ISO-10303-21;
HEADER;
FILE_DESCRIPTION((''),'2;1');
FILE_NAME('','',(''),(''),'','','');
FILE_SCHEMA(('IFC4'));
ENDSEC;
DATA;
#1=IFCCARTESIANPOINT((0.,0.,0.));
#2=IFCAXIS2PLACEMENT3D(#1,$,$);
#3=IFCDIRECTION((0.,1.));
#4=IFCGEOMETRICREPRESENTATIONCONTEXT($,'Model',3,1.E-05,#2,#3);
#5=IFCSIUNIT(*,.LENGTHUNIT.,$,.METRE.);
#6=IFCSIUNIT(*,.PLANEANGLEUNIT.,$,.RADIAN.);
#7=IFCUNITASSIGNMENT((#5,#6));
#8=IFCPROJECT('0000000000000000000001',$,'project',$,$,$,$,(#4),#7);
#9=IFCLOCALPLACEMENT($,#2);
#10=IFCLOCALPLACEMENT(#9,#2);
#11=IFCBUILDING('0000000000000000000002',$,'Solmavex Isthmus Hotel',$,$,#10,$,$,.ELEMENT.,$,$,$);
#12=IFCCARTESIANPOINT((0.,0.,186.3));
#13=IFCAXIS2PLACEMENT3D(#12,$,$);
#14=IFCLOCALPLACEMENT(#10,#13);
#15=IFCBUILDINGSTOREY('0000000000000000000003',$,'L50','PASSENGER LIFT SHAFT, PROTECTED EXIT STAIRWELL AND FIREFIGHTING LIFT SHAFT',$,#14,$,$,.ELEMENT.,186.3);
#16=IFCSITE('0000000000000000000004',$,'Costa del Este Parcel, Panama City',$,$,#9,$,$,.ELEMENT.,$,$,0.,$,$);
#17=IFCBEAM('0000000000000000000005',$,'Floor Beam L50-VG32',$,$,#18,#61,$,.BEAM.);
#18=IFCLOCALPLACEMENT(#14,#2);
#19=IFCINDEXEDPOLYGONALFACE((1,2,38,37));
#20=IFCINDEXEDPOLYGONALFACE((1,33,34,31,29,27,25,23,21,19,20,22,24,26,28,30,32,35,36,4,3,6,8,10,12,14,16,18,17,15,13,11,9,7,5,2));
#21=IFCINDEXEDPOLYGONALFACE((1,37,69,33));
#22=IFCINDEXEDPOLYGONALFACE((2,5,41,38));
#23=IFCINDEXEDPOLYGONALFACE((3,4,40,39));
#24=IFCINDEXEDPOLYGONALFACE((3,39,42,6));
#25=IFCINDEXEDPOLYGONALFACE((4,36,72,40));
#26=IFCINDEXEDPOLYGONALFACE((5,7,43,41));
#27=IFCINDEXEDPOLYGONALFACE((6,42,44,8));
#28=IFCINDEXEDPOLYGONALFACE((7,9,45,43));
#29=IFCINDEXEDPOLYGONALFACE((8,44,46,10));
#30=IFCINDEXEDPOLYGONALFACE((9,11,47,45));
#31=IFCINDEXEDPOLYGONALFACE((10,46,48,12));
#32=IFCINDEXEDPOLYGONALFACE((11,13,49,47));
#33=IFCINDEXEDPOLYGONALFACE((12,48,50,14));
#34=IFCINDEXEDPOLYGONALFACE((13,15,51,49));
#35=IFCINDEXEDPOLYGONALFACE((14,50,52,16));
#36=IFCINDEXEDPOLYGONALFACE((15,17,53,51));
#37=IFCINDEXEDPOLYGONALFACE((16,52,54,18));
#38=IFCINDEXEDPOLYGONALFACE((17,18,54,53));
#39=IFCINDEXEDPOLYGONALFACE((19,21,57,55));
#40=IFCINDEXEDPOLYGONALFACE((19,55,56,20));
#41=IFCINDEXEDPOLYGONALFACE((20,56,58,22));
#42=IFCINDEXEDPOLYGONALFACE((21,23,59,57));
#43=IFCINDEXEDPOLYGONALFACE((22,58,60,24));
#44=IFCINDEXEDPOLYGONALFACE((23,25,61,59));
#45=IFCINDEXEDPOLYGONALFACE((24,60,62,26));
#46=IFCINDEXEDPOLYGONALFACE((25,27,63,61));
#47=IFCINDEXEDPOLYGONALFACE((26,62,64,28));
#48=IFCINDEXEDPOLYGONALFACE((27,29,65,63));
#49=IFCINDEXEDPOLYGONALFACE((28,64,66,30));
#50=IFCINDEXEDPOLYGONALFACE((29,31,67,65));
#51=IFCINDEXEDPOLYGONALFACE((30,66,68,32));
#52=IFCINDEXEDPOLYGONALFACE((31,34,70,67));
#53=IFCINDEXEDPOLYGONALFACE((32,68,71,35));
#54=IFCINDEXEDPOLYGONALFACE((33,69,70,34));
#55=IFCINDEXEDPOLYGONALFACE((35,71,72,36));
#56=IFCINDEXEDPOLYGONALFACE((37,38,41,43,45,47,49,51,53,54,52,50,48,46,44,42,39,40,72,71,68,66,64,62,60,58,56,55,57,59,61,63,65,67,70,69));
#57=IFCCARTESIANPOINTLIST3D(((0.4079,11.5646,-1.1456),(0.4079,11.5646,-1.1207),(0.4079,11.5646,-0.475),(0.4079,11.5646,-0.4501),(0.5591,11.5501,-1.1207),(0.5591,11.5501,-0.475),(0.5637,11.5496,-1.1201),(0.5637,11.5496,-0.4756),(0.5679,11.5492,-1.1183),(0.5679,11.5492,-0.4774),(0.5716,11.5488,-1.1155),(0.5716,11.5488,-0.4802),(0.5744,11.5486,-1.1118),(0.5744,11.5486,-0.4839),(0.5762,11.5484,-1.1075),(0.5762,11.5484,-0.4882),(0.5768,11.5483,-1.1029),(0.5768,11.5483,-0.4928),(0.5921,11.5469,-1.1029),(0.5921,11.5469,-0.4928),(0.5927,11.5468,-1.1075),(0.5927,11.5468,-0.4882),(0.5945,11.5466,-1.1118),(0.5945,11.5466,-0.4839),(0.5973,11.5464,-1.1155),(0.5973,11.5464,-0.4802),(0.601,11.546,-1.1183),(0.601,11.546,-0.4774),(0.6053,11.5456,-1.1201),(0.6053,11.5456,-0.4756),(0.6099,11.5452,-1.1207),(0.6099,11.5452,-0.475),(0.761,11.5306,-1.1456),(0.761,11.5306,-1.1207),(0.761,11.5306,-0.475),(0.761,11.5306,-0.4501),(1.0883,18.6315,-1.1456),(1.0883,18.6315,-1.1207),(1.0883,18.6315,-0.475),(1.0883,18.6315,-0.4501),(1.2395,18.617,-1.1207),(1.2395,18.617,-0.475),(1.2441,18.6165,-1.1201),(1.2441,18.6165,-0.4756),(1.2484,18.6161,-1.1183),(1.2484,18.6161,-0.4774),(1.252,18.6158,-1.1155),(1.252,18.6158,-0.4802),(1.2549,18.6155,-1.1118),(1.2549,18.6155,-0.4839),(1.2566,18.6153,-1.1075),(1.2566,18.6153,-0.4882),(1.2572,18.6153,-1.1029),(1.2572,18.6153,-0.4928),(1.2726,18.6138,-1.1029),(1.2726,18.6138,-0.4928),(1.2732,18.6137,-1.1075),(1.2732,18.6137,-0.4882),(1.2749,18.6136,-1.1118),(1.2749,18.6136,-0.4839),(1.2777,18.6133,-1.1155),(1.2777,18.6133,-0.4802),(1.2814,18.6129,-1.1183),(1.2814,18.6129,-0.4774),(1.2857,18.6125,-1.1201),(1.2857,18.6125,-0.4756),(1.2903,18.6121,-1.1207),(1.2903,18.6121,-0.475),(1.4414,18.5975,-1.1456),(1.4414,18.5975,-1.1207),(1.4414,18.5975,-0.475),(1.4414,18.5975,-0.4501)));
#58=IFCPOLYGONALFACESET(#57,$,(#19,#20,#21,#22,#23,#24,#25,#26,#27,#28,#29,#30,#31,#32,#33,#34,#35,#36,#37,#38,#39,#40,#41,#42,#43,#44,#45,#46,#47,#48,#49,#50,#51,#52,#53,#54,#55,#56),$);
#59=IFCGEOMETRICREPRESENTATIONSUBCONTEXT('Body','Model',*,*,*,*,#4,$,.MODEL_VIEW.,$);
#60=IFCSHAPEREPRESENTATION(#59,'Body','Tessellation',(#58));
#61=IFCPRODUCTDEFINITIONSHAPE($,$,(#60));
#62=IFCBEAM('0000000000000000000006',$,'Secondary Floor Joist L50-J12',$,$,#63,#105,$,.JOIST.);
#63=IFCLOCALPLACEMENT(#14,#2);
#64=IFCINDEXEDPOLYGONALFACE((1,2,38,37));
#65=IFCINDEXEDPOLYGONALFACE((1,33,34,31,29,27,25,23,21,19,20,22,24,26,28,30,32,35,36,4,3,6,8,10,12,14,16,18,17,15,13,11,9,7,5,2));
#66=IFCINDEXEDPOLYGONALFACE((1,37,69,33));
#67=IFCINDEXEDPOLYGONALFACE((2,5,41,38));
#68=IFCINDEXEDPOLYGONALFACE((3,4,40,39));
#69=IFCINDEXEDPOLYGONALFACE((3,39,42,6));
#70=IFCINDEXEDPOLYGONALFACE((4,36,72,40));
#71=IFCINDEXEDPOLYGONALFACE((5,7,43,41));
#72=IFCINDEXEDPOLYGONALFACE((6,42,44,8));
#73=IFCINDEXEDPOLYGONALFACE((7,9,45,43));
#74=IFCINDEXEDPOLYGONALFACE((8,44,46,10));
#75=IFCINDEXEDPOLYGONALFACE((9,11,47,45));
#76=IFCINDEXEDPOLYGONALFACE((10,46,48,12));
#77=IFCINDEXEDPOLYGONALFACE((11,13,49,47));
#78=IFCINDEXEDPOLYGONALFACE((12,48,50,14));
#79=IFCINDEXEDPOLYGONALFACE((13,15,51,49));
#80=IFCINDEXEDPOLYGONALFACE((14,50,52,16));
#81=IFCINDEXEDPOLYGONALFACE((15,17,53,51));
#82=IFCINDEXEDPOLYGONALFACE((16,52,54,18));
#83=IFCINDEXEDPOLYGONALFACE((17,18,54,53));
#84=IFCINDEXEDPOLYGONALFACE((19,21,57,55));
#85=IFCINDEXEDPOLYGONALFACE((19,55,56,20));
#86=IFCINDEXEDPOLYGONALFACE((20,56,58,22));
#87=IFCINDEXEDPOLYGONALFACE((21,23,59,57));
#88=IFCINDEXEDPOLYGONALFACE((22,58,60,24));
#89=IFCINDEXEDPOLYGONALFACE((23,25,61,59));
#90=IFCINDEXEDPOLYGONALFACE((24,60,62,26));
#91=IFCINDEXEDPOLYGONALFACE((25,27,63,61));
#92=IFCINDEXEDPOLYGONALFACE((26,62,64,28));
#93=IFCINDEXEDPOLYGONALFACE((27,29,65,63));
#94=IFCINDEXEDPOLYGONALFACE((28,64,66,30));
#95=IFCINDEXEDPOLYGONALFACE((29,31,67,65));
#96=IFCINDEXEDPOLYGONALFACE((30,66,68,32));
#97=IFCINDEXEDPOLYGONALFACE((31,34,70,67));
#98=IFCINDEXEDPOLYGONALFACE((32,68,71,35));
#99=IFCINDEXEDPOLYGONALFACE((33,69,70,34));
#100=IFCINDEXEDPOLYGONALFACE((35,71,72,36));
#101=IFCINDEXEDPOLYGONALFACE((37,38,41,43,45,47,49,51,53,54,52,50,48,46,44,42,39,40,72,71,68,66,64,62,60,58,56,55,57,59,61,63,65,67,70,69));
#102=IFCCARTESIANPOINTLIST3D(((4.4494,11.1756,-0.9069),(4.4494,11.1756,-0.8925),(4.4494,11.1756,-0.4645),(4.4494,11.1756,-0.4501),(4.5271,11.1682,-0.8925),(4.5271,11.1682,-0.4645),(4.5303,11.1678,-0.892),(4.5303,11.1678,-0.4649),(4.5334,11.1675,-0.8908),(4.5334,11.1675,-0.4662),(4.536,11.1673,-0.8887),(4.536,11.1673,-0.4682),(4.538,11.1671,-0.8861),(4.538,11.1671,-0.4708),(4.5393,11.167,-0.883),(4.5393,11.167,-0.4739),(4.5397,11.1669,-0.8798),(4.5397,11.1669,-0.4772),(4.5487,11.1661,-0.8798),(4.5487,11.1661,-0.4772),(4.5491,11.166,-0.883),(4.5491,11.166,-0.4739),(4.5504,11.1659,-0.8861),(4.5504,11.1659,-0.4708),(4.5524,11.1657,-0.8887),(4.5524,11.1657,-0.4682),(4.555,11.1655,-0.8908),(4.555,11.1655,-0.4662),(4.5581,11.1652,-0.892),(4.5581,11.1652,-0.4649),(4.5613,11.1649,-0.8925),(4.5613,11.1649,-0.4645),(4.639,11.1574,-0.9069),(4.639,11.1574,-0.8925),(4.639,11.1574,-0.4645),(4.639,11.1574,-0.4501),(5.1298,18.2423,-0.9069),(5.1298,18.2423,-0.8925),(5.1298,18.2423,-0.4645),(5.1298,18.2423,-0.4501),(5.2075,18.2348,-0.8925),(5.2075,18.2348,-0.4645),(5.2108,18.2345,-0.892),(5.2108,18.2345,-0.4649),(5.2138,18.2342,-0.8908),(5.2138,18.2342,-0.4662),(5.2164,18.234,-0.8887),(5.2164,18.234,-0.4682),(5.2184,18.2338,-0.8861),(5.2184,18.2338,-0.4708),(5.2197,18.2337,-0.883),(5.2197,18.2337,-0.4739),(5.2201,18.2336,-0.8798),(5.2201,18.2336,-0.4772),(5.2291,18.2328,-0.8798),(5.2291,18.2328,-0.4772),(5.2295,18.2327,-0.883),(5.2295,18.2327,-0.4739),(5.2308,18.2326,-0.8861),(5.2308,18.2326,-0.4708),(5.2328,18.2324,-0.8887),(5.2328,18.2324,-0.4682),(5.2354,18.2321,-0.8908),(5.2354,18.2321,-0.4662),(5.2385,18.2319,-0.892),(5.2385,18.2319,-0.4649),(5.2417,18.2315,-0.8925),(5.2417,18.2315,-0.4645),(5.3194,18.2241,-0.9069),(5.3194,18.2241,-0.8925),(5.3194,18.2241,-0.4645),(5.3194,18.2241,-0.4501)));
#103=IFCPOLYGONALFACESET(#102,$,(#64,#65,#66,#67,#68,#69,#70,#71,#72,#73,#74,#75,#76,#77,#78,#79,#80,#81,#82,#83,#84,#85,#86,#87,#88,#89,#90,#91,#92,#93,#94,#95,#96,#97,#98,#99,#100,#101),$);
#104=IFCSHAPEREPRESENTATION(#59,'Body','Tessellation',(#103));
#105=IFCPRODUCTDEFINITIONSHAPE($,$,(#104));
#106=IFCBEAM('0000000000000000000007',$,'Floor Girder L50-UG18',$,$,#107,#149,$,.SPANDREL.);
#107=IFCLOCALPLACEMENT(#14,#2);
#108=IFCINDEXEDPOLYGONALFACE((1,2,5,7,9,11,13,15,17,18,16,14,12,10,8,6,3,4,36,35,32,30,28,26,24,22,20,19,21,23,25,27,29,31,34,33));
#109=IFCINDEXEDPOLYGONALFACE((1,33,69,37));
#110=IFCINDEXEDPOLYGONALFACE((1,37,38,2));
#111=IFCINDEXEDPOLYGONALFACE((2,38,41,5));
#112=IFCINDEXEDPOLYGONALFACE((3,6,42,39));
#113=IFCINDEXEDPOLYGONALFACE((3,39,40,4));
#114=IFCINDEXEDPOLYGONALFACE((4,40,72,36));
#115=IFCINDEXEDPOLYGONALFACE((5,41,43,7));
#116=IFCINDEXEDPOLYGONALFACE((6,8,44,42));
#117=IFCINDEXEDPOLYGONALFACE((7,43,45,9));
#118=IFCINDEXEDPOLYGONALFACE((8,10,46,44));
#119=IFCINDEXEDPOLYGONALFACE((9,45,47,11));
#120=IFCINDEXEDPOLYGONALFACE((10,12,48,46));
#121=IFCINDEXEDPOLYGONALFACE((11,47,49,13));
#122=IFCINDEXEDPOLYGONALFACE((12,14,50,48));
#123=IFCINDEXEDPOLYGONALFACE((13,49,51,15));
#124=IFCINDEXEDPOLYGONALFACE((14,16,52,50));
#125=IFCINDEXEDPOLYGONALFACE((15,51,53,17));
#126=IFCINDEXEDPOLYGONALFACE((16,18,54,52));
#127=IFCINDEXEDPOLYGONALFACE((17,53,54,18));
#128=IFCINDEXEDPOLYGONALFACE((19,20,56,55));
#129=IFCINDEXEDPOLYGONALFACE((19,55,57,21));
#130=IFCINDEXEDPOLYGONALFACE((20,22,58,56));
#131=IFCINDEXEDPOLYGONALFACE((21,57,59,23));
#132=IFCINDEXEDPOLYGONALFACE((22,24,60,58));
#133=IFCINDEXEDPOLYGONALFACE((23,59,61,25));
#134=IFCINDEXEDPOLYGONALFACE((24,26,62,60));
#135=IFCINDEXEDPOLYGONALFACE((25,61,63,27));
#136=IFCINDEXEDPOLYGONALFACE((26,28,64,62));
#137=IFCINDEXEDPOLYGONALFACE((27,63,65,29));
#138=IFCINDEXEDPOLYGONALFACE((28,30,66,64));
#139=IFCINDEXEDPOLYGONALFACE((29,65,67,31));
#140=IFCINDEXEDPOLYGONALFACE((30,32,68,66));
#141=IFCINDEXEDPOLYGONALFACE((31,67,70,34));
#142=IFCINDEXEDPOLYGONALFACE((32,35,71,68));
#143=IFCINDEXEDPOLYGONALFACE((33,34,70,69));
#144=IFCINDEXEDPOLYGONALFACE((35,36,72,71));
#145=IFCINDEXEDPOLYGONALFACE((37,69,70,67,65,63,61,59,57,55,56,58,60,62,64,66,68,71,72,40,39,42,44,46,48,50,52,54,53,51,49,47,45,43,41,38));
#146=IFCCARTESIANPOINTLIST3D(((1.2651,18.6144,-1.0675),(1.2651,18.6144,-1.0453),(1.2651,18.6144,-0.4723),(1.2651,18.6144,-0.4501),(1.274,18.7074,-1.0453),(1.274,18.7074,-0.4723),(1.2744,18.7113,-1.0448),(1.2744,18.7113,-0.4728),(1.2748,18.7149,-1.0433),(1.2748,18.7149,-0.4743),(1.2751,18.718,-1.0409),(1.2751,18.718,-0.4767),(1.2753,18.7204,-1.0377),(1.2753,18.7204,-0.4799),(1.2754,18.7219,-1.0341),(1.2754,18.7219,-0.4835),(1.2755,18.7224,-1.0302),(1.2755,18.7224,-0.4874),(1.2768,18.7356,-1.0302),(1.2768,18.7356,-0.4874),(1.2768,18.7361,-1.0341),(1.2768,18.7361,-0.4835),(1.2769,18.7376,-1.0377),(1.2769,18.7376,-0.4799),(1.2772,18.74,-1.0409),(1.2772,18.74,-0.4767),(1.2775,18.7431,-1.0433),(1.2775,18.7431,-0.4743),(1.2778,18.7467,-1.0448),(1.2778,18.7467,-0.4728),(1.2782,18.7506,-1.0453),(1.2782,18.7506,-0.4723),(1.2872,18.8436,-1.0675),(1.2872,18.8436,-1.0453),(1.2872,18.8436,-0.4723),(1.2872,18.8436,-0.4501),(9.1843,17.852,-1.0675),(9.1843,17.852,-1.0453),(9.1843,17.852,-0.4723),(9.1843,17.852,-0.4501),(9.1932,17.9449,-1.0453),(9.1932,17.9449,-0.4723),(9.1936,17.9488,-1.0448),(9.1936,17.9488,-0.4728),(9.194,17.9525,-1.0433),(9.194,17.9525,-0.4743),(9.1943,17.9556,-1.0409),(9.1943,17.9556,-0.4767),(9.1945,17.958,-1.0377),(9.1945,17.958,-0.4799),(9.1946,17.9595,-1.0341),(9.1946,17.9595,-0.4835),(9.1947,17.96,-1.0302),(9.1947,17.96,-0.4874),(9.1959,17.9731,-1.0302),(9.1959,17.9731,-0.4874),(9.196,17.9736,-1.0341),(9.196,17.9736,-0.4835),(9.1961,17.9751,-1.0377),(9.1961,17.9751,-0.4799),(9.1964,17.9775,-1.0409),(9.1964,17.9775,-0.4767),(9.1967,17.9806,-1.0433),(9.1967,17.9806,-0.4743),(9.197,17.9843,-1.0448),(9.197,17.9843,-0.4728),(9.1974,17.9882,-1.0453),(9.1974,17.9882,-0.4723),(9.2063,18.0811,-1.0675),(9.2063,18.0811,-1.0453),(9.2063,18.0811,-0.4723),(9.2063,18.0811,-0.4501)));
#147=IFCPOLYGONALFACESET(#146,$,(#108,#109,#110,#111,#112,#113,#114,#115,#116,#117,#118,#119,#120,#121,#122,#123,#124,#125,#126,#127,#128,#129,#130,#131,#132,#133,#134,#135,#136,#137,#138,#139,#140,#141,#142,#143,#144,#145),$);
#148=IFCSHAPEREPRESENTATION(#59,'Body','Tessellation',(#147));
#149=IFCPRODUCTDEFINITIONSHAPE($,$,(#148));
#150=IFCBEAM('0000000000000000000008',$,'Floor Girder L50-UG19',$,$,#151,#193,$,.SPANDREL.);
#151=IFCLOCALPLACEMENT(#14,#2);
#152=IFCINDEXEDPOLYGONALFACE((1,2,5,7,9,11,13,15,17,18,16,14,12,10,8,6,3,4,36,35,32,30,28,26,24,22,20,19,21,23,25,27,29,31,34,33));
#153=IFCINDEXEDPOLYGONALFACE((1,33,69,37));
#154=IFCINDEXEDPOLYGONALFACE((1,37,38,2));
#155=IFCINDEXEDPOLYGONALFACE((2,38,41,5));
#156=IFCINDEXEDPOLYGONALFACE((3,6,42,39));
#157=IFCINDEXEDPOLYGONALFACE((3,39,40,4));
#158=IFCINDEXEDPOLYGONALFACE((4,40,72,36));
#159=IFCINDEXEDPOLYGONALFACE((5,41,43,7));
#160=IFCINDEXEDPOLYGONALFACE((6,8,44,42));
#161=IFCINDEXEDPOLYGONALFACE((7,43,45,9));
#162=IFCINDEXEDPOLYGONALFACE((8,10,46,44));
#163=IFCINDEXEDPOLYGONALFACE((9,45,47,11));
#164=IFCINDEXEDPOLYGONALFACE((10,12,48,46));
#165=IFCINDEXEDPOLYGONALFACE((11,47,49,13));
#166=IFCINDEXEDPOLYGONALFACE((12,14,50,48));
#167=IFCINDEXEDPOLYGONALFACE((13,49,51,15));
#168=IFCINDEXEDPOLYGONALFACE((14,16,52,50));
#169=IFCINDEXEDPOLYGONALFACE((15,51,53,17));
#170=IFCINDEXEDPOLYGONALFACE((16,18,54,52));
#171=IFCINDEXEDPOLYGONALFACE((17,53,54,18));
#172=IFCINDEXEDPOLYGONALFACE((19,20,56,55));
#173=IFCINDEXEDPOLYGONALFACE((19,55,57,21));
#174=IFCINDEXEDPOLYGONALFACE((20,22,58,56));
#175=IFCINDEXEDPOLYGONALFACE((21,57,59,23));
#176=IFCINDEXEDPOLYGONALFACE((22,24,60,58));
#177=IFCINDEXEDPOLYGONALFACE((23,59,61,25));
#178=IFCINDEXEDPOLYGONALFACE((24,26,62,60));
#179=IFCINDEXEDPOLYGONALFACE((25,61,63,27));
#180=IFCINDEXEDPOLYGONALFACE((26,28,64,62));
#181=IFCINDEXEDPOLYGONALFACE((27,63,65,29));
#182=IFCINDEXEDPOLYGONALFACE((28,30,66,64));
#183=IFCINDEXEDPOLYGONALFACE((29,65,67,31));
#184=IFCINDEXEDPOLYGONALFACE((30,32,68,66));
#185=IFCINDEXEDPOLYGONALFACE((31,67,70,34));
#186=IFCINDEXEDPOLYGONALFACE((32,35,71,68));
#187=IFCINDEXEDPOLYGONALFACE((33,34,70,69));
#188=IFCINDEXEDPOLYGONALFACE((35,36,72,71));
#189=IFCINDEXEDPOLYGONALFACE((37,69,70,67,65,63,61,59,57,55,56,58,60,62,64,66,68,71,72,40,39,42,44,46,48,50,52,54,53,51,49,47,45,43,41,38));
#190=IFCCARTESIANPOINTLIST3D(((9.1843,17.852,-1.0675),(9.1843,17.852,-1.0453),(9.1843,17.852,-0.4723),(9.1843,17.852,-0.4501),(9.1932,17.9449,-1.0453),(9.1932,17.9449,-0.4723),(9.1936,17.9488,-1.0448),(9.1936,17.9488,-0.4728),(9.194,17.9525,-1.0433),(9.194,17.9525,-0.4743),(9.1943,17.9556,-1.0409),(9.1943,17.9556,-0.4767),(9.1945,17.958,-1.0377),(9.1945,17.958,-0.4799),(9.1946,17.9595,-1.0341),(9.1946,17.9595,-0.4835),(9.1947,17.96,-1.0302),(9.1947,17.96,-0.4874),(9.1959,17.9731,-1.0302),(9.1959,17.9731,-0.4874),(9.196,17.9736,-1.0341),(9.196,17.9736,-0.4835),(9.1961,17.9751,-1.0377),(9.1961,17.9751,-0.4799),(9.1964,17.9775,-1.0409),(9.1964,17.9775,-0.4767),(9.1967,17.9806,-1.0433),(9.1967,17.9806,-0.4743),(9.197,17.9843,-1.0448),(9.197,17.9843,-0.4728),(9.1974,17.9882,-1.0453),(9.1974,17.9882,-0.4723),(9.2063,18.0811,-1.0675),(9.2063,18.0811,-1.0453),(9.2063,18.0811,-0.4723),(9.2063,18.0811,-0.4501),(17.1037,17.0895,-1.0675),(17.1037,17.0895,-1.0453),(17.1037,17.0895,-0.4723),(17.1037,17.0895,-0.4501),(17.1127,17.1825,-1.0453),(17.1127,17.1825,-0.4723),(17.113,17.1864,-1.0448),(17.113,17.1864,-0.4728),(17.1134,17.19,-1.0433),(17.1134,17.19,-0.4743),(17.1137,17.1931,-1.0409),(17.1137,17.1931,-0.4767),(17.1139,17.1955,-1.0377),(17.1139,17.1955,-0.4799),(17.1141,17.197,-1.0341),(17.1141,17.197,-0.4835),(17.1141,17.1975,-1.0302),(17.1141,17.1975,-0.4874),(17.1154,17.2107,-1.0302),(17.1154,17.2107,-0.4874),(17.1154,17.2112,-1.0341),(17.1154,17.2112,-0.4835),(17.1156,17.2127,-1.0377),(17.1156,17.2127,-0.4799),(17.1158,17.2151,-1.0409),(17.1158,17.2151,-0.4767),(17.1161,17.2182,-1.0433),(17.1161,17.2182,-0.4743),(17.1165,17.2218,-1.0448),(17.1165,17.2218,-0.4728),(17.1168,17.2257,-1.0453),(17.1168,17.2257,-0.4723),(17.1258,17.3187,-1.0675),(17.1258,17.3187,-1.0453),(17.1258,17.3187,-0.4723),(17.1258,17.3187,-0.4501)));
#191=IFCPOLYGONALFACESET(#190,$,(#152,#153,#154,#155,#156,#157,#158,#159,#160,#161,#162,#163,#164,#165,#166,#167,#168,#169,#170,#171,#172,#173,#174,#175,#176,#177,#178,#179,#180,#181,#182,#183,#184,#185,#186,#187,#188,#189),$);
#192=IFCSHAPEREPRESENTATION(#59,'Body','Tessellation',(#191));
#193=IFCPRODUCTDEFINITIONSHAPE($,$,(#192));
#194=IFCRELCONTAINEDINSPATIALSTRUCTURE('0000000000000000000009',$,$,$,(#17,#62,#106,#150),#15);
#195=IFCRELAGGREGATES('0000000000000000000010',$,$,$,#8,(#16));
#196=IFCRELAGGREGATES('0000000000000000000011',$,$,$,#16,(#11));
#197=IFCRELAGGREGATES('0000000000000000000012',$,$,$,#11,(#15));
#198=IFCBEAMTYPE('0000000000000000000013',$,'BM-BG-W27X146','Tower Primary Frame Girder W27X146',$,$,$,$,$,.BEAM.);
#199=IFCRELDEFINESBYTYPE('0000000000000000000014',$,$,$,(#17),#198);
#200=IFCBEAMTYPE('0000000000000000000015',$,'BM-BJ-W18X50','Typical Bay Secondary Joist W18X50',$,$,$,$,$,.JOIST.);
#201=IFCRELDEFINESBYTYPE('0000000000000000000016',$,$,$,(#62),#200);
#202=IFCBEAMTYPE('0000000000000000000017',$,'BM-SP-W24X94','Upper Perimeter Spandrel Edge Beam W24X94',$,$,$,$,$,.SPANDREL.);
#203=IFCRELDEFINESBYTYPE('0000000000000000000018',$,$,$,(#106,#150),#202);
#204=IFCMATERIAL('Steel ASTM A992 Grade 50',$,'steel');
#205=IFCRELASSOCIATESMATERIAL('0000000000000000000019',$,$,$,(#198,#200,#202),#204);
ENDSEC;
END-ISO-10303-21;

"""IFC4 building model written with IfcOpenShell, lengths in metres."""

from ifc_helpers import new_model, si_unit, direction, frame, origin, origin_2d, place, context, subcontext, project, spatial, i_section, extrude, material, material_profile, profile_set, type_object, element, save


model = new_model("IFC4")

# Units and contexts
model_context = context("Model", 3, precision=1e-05, world=origin(), true_north=direction((0.0, 1.0)))
body_context = subcontext(model_context, "Body", "Model", "MODEL_VIEW")
ifc_project = project(units=[si_unit("LENGTHUNIT", "METRE"), si_unit("PLANEANGLEUNIT", "RADIAN")], contexts=[model_context])

# Site, building, storey
site_placement = place(None, origin())
site = spatial("IfcSite", under=ifc_project, at=site_placement, Name="Costa del Este Parcel, Panama City", CompositionType="ELEMENT", RefElevation=0.0)
building_placement = place(site_placement, origin())
building = spatial("IfcBuilding", under=site, at=building_placement, Name="Solmavex Isthmus Hotel", CompositionType="ELEMENT")
storey_placement = place(building_placement, frame((0.0, 0.0, 186.3)))
storey = spatial("IfcBuildingStorey", under=building, at=storey_placement, Name="L50", Description="PASSENGER LIFT SHAFT, PROTECTED EXIT STAIRWELL AND FIREFIGHTING LIFT SHAFT", CompositionType="ELEMENT", Elevation=186.3)

# Beams
ifc_material_1 = material(Name="Steel ASTM A992 Grade 50", Category="steel")
ifc_material_profile_1 = material_profile(ifc_material_1, i_section(OverallWidth=0.3547, OverallDepth=0.6956, WebThickness=0.0154, FlangeThickness=0.0249, FilletRadius=0.0178, at=origin_2d()), Name="W27X146")
ifc_profile_set_1 = profile_set([ifc_material_profile_1], Name="Steel ASTM A992 Grade 50")
beam_type_1 = type_object("IfcBeamType", Name="BM-BG-W27X146", Description="Tower Primary Frame Girder W27X146", PredefinedType="BEAM", material=ifc_profile_set_1)
beam_1_placement = place(storey_placement, frame((0.5845, 11.5476, -0.7979), z_axis=(0.09584, 0.995397, 0.0), x_axis=(-0.995397, 0.09584, 0.0)))
element("IfcBeam", 1, at=beam_1_placement, inside=storey, type_object=beam_type_1, Name="Floor Beam L50-VG32", PredefinedType="BEAM", context=body_context, shape_type="SweptSolid", body=[
    extrude(i_section(OverallWidth=0.3547, OverallDepth=0.6956, WebThickness=0.0154, FlangeThickness=0.0249, FilletRadius=0.0178, at=origin_2d()), origin(), (0.0, 0.0, 1.0), 7.0996),
])
ifc_material_profile_2 = material_profile(ifc_material_1, i_section(OverallWidth=0.1904, OverallDepth=0.4568, WebThickness=0.009, FlangeThickness=0.0144, FilletRadius=0.0127, at=origin_2d()), Name="W18X50")
ifc_profile_set_2 = profile_set([ifc_material_profile_2], Name="Steel ASTM A992 Grade 50")
beam_type_2 = type_object("IfcBeamType", Name="BM-BJ-W18X50", Description="Typical Bay Secondary Joist W18X50", PredefinedType="JOIST", material=ifc_profile_set_2)
beam_2_placement = place(storey_placement, frame((4.5442, 11.1665, -0.6785), z_axis=(0.095843, 0.995396, 0.0), x_axis=(-0.995396, 0.095843, 0.0)))
element("IfcBeam", 2, at=beam_2_placement, inside=storey, type_object=beam_type_2, Name="Secondary Floor Joist L50-J12", PredefinedType="JOIST", context=body_context, shape_type="SweptSolid", body=[
    extrude(i_section(OverallWidth=0.1904, OverallDepth=0.4568, WebThickness=0.009, FlangeThickness=0.0144, FilletRadius=0.0127, at=origin_2d()), origin(), (0.0, 0.0, 1.0), 7.0994),
])
ifc_material_profile_3 = material_profile(ifc_material_1, i_section(OverallWidth=0.2302, OverallDepth=0.6174, WebThickness=0.0132, FlangeThickness=0.0222, FilletRadius=0.0151, at=origin_2d()), Name="W24X94")
ifc_profile_set_3 = profile_set([ifc_material_profile_3], Name="Steel ASTM A992 Grade 50")
beam_type_3 = type_object("IfcBeamType", Name="BM-SP-W24X94", Description="Upper Perimeter Spandrel Edge Beam W24X94", PredefinedType="SPANDREL", material=ifc_profile_set_3)
beam_3_placement = place(storey_placement, frame((1.2761, 18.729, -0.7588), z_axis=(0.995397, -0.095836, 0.0), x_axis=(0.095836, 0.995397, 0.0)))
element("IfcBeam", 3, at=beam_3_placement, inside=storey, type_object=beam_type_3, Name="Floor Girder L50-UG18", PredefinedType="SPANDREL", context=body_context, shape_type="SweptSolid", body=[
    extrude(i_section(OverallWidth=0.2302, OverallDepth=0.6174, WebThickness=0.0132, FlangeThickness=0.0222, FilletRadius=0.0151, at=origin_2d()), origin(), (0.0, 0.0, 1.0), 7.9558),
])
beam_4_placement = place(storey_placement, frame((9.1953, 17.9666, -0.7588), z_axis=(0.995397, -0.095833, 0.0), x_axis=(0.095833, 0.995397, 0.0)))
element("IfcBeam", 4, at=beam_4_placement, inside=storey, type_object=beam_type_3, Name="Floor Girder L50-UG19", PredefinedType="SPANDREL", context=body_context, shape_type="SweptSolid", body=[
    extrude(i_section(OverallWidth=0.2302, OverallDepth=0.6174, WebThickness=0.0132, FlangeThickness=0.0222, FilletRadius=0.0151, at=origin_2d()), origin(), (0.0, 0.0, 1.0), 7.9561),
])

save(model, "model.ifc")
